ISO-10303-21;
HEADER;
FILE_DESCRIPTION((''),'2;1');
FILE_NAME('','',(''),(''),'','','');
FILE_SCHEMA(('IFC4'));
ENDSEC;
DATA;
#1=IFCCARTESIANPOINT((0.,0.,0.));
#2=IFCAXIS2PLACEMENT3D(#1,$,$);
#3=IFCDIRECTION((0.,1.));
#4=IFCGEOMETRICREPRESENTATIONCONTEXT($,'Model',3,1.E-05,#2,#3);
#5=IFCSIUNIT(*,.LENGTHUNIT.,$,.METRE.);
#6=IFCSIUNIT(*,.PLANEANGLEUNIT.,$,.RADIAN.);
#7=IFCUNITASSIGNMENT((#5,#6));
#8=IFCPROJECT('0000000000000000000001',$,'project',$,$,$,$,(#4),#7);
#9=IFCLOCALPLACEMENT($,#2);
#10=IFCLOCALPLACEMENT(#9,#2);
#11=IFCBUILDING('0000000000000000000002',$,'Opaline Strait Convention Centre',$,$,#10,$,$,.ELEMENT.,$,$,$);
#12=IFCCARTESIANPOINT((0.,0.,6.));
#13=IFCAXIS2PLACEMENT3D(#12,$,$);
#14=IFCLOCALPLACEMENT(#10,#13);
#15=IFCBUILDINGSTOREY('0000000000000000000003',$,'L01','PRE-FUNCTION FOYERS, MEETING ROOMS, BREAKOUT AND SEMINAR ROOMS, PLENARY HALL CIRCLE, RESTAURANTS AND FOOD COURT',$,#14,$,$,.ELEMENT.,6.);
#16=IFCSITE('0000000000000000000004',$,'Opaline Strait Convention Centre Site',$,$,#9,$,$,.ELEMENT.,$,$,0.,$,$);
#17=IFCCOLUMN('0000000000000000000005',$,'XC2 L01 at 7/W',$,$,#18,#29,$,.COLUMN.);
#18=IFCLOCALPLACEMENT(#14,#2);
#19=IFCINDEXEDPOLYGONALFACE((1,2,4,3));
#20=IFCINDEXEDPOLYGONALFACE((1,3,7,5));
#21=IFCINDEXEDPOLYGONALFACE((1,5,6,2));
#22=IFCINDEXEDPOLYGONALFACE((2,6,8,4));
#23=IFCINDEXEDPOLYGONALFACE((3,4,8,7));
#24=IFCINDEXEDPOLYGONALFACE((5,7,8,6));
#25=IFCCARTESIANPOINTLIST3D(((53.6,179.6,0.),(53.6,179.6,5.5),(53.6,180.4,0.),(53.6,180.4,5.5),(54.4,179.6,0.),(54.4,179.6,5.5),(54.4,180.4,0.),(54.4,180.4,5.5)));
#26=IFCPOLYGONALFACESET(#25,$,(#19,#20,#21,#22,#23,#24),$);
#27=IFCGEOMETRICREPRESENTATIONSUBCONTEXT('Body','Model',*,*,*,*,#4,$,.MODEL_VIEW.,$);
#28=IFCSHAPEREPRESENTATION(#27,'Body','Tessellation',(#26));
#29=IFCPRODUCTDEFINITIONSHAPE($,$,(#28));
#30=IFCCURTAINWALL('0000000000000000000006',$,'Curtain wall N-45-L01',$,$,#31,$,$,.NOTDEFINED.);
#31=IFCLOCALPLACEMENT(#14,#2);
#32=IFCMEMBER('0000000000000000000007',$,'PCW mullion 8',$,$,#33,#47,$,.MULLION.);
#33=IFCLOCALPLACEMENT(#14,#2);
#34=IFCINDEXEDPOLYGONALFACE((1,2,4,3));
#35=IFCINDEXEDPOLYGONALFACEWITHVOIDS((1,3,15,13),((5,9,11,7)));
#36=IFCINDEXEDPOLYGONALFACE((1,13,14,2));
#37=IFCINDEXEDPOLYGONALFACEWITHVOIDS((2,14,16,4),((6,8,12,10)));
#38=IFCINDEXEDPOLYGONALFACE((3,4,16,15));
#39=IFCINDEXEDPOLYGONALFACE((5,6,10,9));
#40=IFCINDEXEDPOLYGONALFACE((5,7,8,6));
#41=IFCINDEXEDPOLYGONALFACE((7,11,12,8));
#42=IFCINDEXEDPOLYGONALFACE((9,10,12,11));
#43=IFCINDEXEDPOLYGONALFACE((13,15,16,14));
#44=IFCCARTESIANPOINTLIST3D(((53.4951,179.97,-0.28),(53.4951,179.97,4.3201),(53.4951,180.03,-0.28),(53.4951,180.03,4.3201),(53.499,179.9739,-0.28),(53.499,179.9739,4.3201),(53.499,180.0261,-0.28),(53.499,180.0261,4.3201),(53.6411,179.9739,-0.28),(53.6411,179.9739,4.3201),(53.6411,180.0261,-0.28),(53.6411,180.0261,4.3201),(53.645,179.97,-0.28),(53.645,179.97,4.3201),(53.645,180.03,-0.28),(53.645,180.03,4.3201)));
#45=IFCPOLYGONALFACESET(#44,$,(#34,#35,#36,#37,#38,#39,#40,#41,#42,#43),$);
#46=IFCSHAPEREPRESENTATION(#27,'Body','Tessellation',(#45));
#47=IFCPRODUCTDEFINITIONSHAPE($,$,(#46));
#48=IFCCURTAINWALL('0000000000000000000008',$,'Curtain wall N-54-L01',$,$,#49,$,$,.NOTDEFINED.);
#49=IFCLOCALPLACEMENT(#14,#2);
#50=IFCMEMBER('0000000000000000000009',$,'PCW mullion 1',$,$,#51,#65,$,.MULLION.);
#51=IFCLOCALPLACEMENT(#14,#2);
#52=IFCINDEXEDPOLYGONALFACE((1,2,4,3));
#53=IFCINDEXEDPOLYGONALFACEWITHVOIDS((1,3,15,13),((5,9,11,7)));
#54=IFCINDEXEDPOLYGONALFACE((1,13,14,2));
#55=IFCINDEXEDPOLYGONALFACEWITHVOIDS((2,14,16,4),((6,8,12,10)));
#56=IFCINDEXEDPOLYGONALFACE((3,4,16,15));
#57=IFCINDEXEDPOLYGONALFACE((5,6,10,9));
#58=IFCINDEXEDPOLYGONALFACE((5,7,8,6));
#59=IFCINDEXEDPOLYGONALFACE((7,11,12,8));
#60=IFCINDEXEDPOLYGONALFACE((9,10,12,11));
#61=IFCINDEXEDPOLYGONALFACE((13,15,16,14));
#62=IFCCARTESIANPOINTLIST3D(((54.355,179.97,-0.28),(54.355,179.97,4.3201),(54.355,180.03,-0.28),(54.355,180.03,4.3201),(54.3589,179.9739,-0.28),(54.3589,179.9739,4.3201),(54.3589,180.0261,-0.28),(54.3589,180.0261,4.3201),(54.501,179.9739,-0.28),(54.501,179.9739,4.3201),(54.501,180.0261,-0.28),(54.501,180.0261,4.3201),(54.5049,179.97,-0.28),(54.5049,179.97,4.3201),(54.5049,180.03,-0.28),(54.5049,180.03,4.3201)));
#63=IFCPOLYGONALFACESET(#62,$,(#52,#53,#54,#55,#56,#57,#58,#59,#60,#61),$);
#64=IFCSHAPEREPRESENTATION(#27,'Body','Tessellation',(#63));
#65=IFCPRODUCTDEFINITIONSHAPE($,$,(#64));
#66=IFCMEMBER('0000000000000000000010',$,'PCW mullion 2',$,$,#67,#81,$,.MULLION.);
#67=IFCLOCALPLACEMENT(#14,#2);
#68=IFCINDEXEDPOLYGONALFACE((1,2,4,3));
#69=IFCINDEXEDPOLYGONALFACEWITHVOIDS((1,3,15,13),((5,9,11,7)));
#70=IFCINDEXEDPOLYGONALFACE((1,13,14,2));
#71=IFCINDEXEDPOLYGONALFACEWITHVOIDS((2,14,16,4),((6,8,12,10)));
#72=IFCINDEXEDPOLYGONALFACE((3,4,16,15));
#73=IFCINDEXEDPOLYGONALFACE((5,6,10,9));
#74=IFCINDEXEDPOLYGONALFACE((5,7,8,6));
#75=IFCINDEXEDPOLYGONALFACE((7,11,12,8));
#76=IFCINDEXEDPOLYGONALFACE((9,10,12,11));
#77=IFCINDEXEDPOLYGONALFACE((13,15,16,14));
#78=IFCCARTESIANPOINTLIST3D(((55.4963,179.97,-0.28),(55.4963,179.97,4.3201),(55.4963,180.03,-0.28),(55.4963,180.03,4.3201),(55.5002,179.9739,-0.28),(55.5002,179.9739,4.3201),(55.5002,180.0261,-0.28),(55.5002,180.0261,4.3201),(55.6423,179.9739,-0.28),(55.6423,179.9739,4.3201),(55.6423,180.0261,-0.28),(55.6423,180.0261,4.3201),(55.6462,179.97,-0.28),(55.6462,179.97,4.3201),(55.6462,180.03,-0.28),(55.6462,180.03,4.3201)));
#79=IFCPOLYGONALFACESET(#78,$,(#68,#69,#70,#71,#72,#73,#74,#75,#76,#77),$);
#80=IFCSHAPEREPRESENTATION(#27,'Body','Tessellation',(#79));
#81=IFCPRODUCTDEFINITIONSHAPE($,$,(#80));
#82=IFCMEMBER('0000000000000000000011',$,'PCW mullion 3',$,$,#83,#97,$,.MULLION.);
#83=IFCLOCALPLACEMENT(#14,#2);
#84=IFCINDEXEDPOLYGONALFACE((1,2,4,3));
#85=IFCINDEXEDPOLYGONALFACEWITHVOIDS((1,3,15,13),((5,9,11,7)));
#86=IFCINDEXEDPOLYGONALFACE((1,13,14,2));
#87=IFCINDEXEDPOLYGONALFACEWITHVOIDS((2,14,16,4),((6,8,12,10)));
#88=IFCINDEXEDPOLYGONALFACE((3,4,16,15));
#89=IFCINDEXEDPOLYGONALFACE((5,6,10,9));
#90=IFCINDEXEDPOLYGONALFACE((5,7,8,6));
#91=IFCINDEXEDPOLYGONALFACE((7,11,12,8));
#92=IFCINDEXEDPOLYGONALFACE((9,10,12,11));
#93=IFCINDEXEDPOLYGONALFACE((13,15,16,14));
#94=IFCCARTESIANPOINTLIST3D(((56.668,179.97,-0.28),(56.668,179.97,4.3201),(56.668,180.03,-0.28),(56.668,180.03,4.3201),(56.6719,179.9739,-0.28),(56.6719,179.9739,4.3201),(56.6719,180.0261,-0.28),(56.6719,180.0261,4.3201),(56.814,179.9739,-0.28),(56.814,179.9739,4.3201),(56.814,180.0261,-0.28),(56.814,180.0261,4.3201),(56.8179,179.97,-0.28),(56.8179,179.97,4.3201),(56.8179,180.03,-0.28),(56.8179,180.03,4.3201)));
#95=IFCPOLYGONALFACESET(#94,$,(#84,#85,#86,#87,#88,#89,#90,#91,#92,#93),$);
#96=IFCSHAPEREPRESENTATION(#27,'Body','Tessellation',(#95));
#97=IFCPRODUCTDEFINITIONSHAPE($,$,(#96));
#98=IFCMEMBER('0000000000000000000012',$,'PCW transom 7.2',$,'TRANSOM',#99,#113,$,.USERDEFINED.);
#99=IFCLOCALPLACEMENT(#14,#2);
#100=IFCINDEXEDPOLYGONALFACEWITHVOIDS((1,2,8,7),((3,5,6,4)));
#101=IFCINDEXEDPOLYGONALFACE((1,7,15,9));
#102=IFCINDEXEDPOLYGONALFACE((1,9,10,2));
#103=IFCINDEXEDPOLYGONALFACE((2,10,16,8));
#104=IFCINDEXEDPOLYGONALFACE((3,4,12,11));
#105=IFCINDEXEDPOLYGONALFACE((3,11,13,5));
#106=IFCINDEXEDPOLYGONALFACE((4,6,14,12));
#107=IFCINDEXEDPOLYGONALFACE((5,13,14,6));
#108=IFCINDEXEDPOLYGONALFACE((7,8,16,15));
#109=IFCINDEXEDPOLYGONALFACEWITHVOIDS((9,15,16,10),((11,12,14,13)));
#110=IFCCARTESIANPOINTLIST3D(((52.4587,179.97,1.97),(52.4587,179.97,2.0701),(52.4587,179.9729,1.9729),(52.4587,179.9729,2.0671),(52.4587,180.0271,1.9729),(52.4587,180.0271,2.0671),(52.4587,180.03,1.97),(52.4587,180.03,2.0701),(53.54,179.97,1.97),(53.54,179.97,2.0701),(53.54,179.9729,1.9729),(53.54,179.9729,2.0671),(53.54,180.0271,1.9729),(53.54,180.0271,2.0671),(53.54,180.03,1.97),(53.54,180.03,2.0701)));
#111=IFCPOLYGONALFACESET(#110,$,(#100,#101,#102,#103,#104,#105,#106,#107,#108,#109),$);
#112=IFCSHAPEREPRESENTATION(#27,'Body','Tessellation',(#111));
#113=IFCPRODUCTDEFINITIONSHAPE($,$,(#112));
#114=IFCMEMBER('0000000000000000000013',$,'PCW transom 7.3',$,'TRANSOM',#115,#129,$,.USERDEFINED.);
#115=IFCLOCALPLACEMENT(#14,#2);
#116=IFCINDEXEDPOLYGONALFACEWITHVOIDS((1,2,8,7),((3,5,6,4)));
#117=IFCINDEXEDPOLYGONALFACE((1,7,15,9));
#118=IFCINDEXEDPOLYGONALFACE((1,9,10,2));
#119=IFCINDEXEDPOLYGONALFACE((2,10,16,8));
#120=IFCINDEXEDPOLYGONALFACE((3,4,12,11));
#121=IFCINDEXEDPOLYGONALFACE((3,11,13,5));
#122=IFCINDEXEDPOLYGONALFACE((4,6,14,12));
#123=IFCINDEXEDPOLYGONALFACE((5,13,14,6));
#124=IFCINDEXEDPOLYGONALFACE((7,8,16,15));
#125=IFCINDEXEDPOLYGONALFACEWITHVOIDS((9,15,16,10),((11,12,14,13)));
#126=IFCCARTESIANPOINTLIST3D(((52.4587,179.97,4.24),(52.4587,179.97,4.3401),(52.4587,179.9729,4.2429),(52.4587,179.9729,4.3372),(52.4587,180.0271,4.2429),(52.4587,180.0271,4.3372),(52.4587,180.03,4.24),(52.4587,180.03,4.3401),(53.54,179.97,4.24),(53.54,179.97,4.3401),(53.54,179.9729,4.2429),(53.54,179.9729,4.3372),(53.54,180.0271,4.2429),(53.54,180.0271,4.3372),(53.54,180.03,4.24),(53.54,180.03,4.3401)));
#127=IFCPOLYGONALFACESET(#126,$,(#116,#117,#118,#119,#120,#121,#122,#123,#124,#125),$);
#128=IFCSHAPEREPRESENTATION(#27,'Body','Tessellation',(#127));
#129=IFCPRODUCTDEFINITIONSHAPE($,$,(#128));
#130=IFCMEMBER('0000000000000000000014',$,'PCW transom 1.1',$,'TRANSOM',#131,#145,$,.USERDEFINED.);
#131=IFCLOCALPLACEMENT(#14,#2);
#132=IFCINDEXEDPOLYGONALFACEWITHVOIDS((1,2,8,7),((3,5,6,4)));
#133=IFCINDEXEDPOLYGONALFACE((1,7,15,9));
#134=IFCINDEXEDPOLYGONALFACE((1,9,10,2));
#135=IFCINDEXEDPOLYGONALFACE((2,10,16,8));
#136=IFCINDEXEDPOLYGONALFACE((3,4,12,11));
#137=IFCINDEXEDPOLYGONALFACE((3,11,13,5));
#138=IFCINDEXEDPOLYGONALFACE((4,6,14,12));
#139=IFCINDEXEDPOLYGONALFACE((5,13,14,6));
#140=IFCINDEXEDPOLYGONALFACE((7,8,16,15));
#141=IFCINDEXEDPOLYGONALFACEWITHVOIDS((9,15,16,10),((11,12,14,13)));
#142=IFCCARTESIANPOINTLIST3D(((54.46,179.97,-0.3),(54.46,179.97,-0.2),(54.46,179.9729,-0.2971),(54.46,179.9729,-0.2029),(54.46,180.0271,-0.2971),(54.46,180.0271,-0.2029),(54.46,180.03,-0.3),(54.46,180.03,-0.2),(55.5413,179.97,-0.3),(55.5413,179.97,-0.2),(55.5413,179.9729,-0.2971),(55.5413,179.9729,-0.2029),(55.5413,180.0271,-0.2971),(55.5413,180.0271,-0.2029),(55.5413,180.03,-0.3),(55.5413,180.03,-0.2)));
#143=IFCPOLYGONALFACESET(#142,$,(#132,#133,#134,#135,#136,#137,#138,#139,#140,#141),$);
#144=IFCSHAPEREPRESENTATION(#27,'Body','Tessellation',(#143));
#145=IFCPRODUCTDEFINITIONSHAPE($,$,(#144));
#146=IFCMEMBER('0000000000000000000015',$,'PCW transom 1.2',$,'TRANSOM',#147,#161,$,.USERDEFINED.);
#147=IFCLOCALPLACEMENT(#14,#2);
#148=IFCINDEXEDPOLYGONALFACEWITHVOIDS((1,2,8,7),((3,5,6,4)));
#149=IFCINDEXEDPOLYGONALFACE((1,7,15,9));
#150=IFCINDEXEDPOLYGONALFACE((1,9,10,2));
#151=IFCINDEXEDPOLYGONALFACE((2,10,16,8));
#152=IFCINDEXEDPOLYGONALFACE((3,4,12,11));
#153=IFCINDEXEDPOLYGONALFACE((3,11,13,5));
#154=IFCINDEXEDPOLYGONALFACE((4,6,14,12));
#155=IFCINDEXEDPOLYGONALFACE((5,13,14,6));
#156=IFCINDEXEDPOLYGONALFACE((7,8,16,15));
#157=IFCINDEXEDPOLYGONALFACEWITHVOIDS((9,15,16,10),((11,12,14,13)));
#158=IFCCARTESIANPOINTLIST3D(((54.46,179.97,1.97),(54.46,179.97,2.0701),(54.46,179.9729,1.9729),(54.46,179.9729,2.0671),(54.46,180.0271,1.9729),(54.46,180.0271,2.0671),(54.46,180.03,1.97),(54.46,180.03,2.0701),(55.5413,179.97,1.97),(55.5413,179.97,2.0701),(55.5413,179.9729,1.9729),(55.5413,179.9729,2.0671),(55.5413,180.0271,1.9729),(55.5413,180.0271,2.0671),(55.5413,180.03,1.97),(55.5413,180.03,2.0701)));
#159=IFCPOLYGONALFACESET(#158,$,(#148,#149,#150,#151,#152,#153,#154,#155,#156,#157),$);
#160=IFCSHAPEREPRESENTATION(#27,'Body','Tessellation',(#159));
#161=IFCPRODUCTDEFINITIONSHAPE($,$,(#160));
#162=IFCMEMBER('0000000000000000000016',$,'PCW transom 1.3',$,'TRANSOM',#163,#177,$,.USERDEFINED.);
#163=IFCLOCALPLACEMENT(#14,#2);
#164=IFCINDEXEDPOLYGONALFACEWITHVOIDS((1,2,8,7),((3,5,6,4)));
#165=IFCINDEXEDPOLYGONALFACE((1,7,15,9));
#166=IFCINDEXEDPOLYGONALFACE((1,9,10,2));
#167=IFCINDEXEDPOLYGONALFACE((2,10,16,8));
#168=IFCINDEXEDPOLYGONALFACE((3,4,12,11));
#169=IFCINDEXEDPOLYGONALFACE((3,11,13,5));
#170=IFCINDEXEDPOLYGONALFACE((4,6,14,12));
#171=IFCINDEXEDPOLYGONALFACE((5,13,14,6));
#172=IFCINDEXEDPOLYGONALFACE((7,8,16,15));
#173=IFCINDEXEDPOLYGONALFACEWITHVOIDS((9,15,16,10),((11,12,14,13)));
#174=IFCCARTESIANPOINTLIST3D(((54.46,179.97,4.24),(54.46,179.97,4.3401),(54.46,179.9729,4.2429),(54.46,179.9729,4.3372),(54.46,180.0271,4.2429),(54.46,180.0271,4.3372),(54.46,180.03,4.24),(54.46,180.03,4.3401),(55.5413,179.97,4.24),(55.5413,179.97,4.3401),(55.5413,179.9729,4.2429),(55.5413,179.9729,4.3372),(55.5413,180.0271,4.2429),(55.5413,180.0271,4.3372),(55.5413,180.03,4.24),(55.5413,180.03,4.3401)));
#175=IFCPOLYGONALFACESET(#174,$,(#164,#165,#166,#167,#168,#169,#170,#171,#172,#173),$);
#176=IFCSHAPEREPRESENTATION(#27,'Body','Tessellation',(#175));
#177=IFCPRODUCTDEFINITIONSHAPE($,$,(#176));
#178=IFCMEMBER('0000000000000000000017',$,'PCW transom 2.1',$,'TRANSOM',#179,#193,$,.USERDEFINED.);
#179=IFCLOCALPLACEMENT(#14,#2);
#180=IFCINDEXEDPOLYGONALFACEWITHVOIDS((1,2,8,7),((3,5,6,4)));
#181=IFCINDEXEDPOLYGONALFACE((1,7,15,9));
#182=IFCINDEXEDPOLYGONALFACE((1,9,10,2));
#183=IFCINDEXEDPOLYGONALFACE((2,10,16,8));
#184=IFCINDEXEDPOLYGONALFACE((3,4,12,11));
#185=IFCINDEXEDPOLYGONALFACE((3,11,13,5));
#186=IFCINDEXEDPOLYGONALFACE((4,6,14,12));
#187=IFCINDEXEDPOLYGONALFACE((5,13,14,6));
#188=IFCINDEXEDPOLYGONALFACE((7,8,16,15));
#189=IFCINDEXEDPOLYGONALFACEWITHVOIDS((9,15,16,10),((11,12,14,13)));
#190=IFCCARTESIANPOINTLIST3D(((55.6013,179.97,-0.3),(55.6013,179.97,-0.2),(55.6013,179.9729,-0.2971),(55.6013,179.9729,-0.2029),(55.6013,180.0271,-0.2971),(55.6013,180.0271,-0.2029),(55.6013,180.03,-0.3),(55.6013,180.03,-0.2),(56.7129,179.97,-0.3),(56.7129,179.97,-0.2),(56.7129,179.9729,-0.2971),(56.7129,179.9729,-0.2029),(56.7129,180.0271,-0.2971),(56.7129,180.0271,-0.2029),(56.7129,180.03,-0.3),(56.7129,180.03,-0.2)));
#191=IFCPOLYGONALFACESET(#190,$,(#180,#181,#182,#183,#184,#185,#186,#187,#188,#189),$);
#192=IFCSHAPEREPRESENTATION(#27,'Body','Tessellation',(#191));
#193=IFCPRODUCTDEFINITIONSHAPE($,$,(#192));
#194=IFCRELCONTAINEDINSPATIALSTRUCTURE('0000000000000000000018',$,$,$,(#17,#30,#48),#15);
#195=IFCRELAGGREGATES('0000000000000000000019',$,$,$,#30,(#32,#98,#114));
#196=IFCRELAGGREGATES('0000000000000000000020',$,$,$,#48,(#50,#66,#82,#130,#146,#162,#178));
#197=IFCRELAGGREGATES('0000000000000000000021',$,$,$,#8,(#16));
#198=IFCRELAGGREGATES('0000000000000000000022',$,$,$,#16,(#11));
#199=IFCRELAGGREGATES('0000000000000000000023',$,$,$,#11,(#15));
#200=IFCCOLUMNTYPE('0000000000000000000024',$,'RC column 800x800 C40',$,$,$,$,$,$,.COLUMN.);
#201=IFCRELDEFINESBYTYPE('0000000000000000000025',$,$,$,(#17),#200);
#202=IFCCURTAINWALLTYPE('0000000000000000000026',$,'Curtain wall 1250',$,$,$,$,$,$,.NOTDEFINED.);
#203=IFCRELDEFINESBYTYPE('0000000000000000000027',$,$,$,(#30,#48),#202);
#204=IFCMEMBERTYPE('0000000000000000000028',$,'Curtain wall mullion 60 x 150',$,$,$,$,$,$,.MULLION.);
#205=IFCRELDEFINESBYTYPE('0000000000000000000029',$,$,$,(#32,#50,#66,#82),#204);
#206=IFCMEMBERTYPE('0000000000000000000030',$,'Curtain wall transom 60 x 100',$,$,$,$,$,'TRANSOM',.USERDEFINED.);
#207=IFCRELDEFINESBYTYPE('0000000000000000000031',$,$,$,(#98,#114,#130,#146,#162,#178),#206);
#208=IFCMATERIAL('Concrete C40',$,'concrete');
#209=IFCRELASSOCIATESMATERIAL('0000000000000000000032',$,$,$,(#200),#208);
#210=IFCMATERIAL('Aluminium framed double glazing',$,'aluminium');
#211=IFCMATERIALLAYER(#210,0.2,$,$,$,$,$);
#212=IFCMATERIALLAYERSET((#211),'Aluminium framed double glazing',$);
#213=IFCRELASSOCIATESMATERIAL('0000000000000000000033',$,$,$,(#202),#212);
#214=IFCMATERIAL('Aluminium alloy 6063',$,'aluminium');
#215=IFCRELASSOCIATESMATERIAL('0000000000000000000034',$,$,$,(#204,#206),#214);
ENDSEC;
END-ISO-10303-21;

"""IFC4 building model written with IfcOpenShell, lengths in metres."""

from ifc_helpers import new_model, si_unit, direction, frame, origin, origin_2d, place, context, subcontext, project, spatial, rectangle, hollow_rectangle, extrude, material, layer, layer_set, material_profile, profile_set, type_object, element, aggregate, save


model = new_model("IFC4")

# Units and contexts
model_context = context("Model", 3, precision=1e-05, world=origin(), true_north=direction((0.0, 1.0)))
body_context = subcontext(model_context, "Body", "Model", "MODEL_VIEW")
ifc_project = project(units=[si_unit("LENGTHUNIT", "METRE"), si_unit("PLANEANGLEUNIT", "RADIAN")], contexts=[model_context])

# Site, building, storey
site_placement = place(None, origin())
site = spatial("IfcSite", under=ifc_project, at=site_placement, Name="Opaline Strait Convention Centre Site", CompositionType="ELEMENT", RefElevation=0.0)
building_placement = place(site_placement, origin())
building = spatial("IfcBuilding", under=site, at=building_placement, Name="Opaline Strait Convention Centre", CompositionType="ELEMENT")
storey_placement = place(building_placement, frame((0.0, 0.0, 6.0)))
storey = spatial("IfcBuildingStorey", under=building, at=storey_placement, Name="L01", Description="PRE-FUNCTION FOYERS, MEETING ROOMS, BREAKOUT AND SEMINAR ROOMS, PLENARY HALL CIRCLE, RESTAURANTS AND FOOD COURT", CompositionType="ELEMENT", Elevation=6.0)

# Column
ifc_material_1 = material(Name="Concrete C40", Category="concrete")
ifc_material_profile_1 = material_profile(ifc_material_1, rectangle(XDim=0.8, YDim=0.8, at=origin_2d()), Name="RC 800x800")
ifc_profile_set_1 = profile_set([ifc_material_profile_1], Name="Concrete C40")
column_type = type_object("IfcColumnType", Name="RC column 800x800 C40", PredefinedType="COLUMN", material=ifc_profile_set_1)
column_placement = place(storey_placement, frame((54.0, 180.0, 0.0), z_axis=(0.0, 0.0, 1.0), x_axis=(1.0, 0.0, 0.0)))
element("IfcColumn", 1, at=column_placement, inside=storey, type_object=column_type, Name="XC2 L01 at 7/W", PredefinedType="COLUMN", context=body_context, shape_type="SweptSolid", body=[
    extrude(rectangle(XDim=0.8, YDim=0.8, at=origin_2d()), origin(), (0.0, 0.0, 1.0), 5.5),
])

# Curtain wall, member
ifc_material_2 = material(Name="Aluminium framed double glazing", Category="aluminium")
ifc_layer_1 = layer(ifc_material_2, 0.2)
ifc_layer_set_1 = layer_set([ifc_layer_1], Name="Aluminium framed double glazing")
curtain_wall_type = type_object("IfcCurtainWallType", Name="Curtain wall 1250", PredefinedType="NOTDEFINED", material=ifc_layer_set_1)
curtain_wall_1_placement = place(storey_placement, origin())
curtain_wall_1 = element("IfcCurtainWall", 2, at=curtain_wall_1_placement, inside=storey, type_object=curtain_wall_type, Name="Curtain wall N-45-L01", PredefinedType="NOTDEFINED")
ifc_material_3 = material(Name="Aluminium alloy 6063", Category="aluminium")
ifc_material_profile_2 = material_profile(ifc_material_3, hollow_rectangle(XDim=0.0601, YDim=0.1499, WallThickness=0.0039, at=origin_2d()), Name="MULLION 60x150x4")
ifc_profile_set_2 = profile_set([ifc_material_profile_2], Name="Aluminium alloy 6063")
member_type_1 = type_object("IfcMemberType", Name="Curtain wall mullion 60 x 150", PredefinedType="MULLION", material=ifc_profile_set_2)
member_1_placement = place(storey_placement, frame((53.5701, 180.0, -0.28), z_axis=(0.0, 0.0, 1.0), x_axis=(0.0, 1.0, 0.0)))
member_1 = element("IfcMember", 3, at=member_1_placement, type_object=member_type_1, Name="PCW mullion 8", PredefinedType="MULLION", context=body_context, shape_type="SweptSolid", body=[
    extrude(hollow_rectangle(XDim=0.0601, YDim=0.1499, WallThickness=0.0039, at=origin_2d()), origin(), (0.0, 0.0, 1.0), 4.6001),
])

# Curtain wall, members
curtain_wall_2_placement = place(storey_placement, origin())
curtain_wall_2 = element("IfcCurtainWall", 4, at=curtain_wall_2_placement, inside=storey, type_object=curtain_wall_type, Name="Curtain wall N-54-L01", PredefinedType="NOTDEFINED")
member_2_placement = place(storey_placement, frame((54.4299, 180.0, -0.28), z_axis=(0.0, 0.0, 1.0), x_axis=(0.0, 1.0, 0.0)))
member_2 = element("IfcMember", 5, at=member_2_placement, type_object=member_type_1, Name="PCW mullion 1", PredefinedType="MULLION", context=body_context, shape_type="SweptSolid", body=[
    extrude(hollow_rectangle(XDim=0.0601, YDim=0.1499, WallThickness=0.0039, at=origin_2d()), origin(), (0.0, 0.0, 1.0), 4.6001),
])
member_3_placement = place(storey_placement, frame((55.5713, 180.0, -0.28), z_axis=(0.0, 0.0, 1.0), x_axis=(0.0, 1.0, 0.0)))
member_3 = element("IfcMember", 6, at=member_3_placement, type_object=member_type_1, Name="PCW mullion 2", PredefinedType="MULLION", context=body_context, shape_type="SweptSolid", body=[
    extrude(hollow_rectangle(XDim=0.0601, YDim=0.1499, WallThickness=0.0039, at=origin_2d()), origin(), (0.0, 0.0, 1.0), 4.6001),
])
member_4_placement = place(storey_placement, frame((56.7429, 180.0, -0.28), z_axis=(0.0, 0.0, 1.0), x_axis=(0.0, 1.0, 0.0)))
member_4 = element("IfcMember", 7, at=member_4_placement, type_object=member_type_1, Name="PCW mullion 3", PredefinedType="MULLION", context=body_context, shape_type="SweptSolid", body=[
    extrude(hollow_rectangle(XDim=0.0601, YDim=0.1499, WallThickness=0.0039, at=origin_2d()), origin(), (0.0, 0.0, 1.0), 4.6001),
])

# Members
ifc_material_profile_3 = material_profile(ifc_material_3, hollow_rectangle(XDim=0.0601, YDim=0.1001, WallThickness=0.0029, at=origin_2d()), Name="TRANSOM 60x100x3")
ifc_profile_set_3 = profile_set([ifc_material_profile_3], Name="Aluminium alloy 6063")
member_type_2 = type_object("IfcMemberType", Name="Curtain wall transom 60 x 100", ElementType="TRANSOM", PredefinedType="USERDEFINED", material=ifc_profile_set_3)
member_5_placement = place(storey_placement, frame((52.4587, 180.0, 2.02), z_axis=(1.0, 0.0, 0.0), x_axis=(0.0, 1.0, 0.0)))
member_5 = element("IfcMember", 8, at=member_5_placement, type_object=member_type_2, Name="PCW transom 7.2", ObjectType="TRANSOM", PredefinedType="USERDEFINED", context=body_context, shape_type="SweptSolid", body=[
    extrude(hollow_rectangle(XDim=0.0601, YDim=0.1001, WallThickness=0.0029, at=origin_2d()), origin(), (0.0, 0.0, 1.0), 1.0813),
])
member_6_placement = place(storey_placement, frame((52.4587, 180.0, 4.29), z_axis=(1.0, 0.0, 0.0), x_axis=(0.0, 1.0, 0.0)))
member_6 = element("IfcMember", 9, at=member_6_placement, type_object=member_type_2, Name="PCW transom 7.3", ObjectType="TRANSOM", PredefinedType="USERDEFINED", context=body_context, shape_type="SweptSolid", body=[
    extrude(hollow_rectangle(XDim=0.0601, YDim=0.1001, WallThickness=0.0029, at=origin_2d()), origin(), (0.0, 0.0, 1.0), 1.0813),
])
member_7_placement = place(storey_placement, frame((54.46, 180.0, -0.25), z_axis=(1.0, 0.0, 0.0), x_axis=(0.0, 1.0, 0.0)))
member_7 = element("IfcMember", 10, at=member_7_placement, type_object=member_type_2, Name="PCW transom 1.1", ObjectType="TRANSOM", PredefinedType="USERDEFINED", context=body_context, shape_type="SweptSolid", body=[
    extrude(hollow_rectangle(XDim=0.0601, YDim=0.1001, WallThickness=0.0029, at=origin_2d()), origin(), (0.0, 0.0, 1.0), 1.0813),
])
member_8_placement = place(storey_placement, frame((54.46, 180.0, 2.02), z_axis=(1.0, 0.0, 0.0), x_axis=(0.0, 1.0, 0.0)))
member_8 = element("IfcMember", 11, at=member_8_placement, type_object=member_type_2, Name="PCW transom 1.2", ObjectType="TRANSOM", PredefinedType="USERDEFINED", context=body_context, shape_type="SweptSolid", body=[
    extrude(hollow_rectangle(XDim=0.0601, YDim=0.1001, WallThickness=0.0029, at=origin_2d()), origin(), (0.0, 0.0, 1.0), 1.0813),
])
member_9_placement = place(storey_placement, frame((54.46, 180.0, 4.29), z_axis=(1.0, 0.0, 0.0), x_axis=(0.0, 1.0, 0.0)))
member_9 = element("IfcMember", 12, at=member_9_placement, type_object=member_type_2, Name="PCW transom 1.3", ObjectType="TRANSOM", PredefinedType="USERDEFINED", context=body_context, shape_type="SweptSolid", body=[
    extrude(hollow_rectangle(XDim=0.0601, YDim=0.1001, WallThickness=0.0029, at=origin_2d()), origin(), (0.0, 0.0, 1.0), 1.0813),
])
member_10_placement = place(storey_placement, frame((55.6013, 180.0, -0.25), z_axis=(1.0, 0.0, 0.0), x_axis=(0.0, 1.0, 0.0)))
member_10 = element("IfcMember", 13, at=member_10_placement, type_object=member_type_2, Name="PCW transom 2.1", ObjectType="TRANSOM", PredefinedType="USERDEFINED", context=body_context, shape_type="SweptSolid", body=[
    extrude(hollow_rectangle(XDim=0.0601, YDim=0.1001, WallThickness=0.0029, at=origin_2d()), origin(), (0.0, 0.0, 1.0), 1.1116),
])

aggregate(curtain_wall_1, [member_1, member_5, member_6])
aggregate(curtain_wall_2, [member_2, member_3, member_4, member_7, member_8, member_9, member_10])

save(model, "model.ifc")
